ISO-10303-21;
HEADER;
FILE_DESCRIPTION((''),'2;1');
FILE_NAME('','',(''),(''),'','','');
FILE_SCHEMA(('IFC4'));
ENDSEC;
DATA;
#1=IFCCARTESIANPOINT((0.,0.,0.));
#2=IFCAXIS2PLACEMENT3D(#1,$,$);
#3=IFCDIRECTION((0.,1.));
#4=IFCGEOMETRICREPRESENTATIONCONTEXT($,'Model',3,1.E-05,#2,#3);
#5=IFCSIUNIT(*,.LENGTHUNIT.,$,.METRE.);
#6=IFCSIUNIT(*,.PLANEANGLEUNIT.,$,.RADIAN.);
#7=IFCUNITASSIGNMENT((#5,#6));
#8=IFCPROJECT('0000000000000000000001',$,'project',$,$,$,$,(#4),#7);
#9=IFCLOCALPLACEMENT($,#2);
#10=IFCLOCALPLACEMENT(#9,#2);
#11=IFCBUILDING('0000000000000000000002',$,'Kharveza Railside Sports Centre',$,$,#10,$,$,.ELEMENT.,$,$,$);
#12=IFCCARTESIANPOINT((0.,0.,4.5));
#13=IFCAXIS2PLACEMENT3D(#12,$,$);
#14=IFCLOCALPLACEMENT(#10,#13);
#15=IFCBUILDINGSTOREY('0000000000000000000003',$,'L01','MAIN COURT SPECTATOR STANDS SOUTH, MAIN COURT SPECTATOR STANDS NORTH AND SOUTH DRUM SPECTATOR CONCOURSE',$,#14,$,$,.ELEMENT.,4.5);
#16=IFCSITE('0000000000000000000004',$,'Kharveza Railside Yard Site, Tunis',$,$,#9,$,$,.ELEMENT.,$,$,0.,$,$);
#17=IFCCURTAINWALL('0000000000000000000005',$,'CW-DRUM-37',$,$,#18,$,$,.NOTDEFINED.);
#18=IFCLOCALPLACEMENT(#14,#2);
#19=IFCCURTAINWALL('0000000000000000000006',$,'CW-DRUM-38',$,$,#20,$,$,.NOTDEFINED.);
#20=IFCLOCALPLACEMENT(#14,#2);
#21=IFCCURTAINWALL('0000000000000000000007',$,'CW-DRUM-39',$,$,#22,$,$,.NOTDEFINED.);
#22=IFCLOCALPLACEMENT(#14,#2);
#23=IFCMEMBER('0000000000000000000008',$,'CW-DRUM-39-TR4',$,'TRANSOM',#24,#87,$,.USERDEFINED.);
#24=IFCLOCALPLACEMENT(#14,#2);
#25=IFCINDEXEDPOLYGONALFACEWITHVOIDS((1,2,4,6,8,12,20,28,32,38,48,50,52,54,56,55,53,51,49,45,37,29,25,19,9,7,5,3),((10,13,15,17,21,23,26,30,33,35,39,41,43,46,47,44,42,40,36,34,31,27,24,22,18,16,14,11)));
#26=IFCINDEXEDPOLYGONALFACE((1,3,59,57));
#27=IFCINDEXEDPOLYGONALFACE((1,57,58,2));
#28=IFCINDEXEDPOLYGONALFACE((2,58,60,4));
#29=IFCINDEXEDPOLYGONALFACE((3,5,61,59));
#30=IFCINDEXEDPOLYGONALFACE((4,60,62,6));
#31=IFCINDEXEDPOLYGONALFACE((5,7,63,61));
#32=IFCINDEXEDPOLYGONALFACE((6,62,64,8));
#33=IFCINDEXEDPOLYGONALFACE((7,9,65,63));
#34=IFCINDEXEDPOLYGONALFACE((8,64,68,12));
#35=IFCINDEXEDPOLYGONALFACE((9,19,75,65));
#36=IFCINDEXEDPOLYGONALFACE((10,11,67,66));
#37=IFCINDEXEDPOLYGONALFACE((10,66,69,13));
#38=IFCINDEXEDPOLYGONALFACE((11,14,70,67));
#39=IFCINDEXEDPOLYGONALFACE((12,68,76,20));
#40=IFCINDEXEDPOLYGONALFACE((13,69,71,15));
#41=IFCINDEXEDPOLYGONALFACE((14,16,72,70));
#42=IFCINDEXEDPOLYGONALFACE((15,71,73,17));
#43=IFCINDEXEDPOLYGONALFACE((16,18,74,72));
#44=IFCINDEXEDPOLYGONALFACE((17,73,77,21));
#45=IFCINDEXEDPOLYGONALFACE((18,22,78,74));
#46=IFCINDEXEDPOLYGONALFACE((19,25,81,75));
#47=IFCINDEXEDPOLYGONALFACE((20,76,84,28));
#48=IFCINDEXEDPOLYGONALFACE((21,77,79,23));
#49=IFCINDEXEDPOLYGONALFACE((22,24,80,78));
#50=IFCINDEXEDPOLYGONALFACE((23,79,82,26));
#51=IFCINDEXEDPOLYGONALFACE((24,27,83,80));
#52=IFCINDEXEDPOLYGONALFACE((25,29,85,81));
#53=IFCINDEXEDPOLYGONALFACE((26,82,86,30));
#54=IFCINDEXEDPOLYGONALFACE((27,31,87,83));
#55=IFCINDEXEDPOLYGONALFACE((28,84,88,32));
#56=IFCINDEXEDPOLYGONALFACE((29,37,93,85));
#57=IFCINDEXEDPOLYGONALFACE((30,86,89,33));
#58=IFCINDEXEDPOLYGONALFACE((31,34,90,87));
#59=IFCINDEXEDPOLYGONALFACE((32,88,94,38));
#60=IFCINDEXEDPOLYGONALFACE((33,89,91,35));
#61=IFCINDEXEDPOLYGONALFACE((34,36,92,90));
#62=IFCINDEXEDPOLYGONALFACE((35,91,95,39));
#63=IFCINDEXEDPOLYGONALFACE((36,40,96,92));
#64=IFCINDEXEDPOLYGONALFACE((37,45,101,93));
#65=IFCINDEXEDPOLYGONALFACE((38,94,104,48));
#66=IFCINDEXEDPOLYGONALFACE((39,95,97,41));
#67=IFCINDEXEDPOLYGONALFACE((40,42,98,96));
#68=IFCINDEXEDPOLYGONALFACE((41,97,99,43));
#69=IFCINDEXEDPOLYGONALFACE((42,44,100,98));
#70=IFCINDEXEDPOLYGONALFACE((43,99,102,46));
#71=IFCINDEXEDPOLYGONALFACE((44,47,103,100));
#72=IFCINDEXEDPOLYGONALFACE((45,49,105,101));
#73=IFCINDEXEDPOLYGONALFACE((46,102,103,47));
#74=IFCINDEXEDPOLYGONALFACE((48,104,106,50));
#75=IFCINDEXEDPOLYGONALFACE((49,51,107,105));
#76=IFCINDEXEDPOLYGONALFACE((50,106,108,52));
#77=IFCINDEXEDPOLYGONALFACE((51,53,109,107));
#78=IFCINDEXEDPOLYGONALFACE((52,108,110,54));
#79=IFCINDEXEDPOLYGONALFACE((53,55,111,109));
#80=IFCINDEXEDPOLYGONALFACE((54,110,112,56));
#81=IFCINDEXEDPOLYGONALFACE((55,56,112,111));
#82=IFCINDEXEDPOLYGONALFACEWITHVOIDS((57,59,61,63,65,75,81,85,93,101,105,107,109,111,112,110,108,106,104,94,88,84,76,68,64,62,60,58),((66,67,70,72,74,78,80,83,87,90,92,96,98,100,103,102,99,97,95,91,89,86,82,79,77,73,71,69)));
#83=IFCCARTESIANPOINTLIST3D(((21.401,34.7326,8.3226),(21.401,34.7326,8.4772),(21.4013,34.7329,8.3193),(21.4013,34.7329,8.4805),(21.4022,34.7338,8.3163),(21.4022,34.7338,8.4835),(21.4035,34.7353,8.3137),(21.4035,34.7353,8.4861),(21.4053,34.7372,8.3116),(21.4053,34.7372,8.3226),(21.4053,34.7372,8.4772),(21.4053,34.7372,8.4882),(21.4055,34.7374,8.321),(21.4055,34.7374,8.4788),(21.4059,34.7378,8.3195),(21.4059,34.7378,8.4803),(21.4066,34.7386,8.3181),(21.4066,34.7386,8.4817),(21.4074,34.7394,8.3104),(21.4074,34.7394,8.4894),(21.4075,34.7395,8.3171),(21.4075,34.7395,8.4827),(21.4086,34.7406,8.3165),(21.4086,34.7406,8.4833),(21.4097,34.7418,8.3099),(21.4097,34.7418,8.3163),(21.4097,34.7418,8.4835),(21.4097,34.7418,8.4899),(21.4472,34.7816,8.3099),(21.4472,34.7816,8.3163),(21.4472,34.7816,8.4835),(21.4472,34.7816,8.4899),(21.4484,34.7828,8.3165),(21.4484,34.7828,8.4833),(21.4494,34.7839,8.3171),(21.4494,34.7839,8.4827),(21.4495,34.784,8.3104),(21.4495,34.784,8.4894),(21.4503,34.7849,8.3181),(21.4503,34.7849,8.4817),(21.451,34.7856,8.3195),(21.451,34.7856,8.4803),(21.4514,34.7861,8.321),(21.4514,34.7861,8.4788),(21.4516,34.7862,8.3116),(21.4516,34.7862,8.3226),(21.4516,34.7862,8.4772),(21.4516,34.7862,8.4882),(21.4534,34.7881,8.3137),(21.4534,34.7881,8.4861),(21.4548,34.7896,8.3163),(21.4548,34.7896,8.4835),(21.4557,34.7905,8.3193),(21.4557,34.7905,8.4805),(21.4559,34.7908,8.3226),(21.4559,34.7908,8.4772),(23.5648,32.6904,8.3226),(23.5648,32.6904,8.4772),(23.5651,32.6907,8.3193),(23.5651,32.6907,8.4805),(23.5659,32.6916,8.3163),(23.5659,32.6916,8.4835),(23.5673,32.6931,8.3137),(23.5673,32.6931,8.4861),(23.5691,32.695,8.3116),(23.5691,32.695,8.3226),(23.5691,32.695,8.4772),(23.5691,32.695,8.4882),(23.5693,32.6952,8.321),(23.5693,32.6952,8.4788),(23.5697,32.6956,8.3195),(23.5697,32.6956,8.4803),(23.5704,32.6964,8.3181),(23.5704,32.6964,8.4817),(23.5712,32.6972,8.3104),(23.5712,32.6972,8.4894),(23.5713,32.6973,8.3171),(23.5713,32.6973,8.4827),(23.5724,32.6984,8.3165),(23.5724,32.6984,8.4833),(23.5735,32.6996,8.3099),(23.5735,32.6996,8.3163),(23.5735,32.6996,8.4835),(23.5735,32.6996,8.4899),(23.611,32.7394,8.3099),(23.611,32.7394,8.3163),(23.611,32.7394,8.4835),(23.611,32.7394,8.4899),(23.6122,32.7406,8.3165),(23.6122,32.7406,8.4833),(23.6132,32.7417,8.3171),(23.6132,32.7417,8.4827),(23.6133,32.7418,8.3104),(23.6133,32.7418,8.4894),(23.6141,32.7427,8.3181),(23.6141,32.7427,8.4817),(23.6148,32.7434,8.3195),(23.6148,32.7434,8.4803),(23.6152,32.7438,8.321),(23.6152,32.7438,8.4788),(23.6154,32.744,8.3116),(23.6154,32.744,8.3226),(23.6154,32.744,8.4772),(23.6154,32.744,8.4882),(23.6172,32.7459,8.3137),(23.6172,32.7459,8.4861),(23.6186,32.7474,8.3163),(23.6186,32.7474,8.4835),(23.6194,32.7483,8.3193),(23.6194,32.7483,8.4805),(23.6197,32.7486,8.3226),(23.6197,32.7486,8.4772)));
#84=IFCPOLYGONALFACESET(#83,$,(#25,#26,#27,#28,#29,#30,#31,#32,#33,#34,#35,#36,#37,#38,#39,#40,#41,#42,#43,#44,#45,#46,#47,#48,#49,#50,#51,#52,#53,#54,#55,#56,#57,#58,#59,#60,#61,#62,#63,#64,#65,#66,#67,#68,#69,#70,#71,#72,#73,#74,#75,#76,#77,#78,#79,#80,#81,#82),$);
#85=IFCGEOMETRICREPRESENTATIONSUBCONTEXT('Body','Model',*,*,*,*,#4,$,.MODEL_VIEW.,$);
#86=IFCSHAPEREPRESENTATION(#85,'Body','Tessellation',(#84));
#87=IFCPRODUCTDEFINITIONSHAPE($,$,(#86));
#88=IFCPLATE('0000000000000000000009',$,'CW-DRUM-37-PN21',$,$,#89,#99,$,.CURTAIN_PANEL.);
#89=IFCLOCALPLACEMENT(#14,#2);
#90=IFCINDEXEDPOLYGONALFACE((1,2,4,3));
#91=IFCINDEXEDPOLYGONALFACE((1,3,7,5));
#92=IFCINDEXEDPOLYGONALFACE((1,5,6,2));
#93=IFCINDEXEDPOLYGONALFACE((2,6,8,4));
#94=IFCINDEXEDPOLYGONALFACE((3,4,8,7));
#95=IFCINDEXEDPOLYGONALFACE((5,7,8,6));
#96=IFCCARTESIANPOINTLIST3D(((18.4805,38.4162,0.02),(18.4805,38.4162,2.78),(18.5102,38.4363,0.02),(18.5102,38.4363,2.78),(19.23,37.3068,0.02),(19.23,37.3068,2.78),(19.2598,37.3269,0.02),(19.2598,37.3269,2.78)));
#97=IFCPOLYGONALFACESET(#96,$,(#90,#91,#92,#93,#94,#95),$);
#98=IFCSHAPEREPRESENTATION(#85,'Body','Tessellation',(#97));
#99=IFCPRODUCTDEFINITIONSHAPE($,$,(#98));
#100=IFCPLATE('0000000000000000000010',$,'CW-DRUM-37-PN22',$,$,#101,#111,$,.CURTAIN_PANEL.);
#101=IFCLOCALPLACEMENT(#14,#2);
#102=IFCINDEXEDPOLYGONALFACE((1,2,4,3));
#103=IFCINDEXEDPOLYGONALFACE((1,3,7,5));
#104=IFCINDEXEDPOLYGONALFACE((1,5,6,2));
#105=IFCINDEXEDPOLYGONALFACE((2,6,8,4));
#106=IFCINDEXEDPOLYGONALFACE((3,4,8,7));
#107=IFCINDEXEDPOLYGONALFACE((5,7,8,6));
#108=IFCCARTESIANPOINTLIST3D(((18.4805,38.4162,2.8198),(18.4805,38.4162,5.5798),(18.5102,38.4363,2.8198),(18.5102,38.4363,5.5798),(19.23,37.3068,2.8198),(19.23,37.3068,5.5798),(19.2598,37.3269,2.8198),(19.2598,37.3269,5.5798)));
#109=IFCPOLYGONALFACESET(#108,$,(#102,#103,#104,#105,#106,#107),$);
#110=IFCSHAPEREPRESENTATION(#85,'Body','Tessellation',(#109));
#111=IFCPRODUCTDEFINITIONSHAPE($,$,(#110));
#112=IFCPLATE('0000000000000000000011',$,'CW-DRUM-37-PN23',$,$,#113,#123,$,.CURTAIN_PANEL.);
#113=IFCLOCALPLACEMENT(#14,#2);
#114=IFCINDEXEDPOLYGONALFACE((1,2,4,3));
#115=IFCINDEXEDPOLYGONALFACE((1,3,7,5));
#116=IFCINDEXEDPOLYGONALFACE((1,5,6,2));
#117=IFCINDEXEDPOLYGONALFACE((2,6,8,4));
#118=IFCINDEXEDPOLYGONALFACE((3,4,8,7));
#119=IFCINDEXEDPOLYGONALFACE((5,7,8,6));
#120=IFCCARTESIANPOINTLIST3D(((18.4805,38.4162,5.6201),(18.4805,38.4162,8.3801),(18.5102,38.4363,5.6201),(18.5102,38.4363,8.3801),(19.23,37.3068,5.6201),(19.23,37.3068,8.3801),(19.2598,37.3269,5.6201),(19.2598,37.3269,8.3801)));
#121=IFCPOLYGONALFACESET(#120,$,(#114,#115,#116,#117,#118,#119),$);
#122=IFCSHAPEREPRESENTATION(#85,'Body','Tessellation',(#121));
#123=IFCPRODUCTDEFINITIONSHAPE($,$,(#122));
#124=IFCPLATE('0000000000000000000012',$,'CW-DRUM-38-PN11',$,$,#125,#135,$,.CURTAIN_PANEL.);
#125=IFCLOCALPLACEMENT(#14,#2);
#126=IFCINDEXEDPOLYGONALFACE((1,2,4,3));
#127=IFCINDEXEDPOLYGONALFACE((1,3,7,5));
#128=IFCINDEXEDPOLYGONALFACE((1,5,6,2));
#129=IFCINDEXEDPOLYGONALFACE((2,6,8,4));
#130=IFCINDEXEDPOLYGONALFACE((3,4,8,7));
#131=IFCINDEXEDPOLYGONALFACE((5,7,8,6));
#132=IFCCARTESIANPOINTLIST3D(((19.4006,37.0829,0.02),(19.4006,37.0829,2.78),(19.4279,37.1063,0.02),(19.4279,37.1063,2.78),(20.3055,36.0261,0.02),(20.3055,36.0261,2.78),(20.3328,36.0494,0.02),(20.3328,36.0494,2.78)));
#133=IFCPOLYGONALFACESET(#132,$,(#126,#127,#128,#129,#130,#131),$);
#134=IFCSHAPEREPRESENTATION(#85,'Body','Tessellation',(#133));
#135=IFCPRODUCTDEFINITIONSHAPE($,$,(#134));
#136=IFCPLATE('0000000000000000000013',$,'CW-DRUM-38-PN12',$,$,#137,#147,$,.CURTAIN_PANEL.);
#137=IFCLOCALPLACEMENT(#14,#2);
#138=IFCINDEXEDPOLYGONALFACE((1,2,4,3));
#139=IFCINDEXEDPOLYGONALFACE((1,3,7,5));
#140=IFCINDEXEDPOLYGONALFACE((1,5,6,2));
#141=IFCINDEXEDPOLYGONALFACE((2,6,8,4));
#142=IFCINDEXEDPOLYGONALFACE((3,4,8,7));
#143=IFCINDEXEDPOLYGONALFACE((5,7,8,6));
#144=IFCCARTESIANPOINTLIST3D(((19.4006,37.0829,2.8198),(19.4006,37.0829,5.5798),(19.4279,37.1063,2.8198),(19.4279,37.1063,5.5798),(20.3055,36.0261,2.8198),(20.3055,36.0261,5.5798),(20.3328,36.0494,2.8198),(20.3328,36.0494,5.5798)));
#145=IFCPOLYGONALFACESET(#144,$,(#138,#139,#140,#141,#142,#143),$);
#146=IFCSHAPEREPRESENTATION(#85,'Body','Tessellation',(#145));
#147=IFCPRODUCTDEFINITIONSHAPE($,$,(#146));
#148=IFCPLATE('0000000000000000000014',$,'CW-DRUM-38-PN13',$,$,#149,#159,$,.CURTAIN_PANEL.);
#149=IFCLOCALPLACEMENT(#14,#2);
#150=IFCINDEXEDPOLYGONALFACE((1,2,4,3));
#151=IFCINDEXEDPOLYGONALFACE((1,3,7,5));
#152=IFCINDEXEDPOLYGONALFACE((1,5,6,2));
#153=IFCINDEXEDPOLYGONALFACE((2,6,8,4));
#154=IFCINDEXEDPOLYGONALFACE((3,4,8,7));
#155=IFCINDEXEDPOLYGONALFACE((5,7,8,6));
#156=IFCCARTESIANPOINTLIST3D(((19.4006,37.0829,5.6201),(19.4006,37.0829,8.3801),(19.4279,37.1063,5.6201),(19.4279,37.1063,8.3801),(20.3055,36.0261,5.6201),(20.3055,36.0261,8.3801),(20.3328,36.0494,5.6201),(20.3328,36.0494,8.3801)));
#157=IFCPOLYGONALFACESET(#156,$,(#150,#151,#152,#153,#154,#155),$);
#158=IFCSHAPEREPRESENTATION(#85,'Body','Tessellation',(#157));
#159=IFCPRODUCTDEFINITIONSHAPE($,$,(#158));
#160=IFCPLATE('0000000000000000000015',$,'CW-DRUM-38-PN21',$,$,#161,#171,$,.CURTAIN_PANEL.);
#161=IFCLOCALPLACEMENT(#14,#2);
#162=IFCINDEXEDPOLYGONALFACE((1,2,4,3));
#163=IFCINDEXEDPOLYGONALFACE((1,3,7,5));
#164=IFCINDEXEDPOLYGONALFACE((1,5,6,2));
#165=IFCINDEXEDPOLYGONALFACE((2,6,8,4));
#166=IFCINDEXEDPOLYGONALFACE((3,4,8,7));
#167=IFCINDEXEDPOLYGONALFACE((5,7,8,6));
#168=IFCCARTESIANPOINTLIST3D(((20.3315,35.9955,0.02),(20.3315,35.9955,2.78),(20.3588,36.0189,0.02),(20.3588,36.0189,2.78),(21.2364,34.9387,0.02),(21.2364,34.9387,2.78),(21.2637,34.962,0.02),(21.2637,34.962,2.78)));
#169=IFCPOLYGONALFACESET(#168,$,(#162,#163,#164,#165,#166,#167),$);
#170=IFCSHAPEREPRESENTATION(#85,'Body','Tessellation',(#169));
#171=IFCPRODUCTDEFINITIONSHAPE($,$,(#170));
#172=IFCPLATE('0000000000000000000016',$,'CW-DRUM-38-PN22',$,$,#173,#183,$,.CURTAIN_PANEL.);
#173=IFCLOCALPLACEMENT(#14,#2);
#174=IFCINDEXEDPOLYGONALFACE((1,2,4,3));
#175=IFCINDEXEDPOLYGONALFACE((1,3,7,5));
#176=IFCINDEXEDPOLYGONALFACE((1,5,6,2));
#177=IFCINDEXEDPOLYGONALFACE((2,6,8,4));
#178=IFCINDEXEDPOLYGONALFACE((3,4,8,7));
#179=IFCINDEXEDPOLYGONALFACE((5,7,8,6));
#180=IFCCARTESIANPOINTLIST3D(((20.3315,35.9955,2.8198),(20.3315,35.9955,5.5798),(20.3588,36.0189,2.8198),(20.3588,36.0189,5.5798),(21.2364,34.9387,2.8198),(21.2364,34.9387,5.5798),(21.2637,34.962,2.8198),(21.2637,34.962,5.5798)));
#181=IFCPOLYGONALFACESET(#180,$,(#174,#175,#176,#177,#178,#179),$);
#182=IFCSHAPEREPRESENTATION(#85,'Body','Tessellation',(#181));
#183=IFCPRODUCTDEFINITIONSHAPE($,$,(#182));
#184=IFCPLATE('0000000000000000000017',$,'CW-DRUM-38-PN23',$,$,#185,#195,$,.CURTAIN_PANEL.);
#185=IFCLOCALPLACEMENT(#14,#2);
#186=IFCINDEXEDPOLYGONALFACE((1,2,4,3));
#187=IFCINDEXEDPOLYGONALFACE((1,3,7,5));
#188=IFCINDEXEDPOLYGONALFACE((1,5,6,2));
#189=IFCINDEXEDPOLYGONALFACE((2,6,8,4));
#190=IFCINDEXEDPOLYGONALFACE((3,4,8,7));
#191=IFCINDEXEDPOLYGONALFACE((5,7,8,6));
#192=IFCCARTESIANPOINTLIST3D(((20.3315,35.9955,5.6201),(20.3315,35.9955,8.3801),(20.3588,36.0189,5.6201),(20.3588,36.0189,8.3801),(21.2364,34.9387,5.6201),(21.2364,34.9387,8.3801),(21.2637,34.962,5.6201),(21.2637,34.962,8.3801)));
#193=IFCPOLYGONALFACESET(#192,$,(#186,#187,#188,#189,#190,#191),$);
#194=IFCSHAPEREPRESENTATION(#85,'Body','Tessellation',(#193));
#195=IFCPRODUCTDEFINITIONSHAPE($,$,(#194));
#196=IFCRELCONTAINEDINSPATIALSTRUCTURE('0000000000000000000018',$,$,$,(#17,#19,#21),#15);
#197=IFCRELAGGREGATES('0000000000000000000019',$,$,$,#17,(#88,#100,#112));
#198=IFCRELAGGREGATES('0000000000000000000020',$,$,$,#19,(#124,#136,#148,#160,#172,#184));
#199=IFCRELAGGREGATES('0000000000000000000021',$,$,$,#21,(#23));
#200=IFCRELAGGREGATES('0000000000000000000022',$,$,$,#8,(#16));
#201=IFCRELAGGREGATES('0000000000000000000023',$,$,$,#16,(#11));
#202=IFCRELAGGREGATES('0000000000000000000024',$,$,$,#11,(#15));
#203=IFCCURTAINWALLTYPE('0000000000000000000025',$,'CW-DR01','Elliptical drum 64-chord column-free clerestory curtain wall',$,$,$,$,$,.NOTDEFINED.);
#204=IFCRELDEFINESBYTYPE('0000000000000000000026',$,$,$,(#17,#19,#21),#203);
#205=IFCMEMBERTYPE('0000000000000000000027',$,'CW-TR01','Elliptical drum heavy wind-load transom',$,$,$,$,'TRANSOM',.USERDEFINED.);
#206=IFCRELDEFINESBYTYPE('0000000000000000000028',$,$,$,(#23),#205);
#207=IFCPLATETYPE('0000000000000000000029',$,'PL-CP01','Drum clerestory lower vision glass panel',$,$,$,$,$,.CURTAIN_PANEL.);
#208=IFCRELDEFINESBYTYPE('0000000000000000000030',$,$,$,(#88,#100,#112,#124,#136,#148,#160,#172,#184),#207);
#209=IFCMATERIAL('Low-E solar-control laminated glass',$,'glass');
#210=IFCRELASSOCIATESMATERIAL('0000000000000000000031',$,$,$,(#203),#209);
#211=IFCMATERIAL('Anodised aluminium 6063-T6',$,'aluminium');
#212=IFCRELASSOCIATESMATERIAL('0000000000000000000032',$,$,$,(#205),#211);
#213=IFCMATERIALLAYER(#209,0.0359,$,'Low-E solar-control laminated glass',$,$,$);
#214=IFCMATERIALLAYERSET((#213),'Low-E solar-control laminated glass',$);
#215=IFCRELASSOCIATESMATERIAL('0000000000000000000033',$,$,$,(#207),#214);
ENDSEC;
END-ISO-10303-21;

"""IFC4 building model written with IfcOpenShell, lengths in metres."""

from ifc_helpers import new_model, si_unit, direction, frame, origin, origin_2d, place, context, subcontext, project, spatial, rectangle, hollow_rectangle, extrude, material, layer, layer_set, material_profile, profile_set, type_object, element, aggregate, save


model = new_model("IFC4")

# Units and contexts
model_context = context("Model", 3, precision=1e-05, world=origin(), true_north=direction((0.0, 1.0)))
body_context = subcontext(model_context, "Body", "Model", "MODEL_VIEW")
ifc_project = project(units=[si_unit("LENGTHUNIT", "METRE"), si_unit("PLANEANGLEUNIT", "RADIAN")], contexts=[model_context])

# Site, building, storey
site_placement = place(None, origin())
site = spatial("IfcSite", under=ifc_project, at=site_placement, Name="Kharveza Railside Yard Site, Tunis", CompositionType="ELEMENT", RefElevation=0.0)
building_placement = place(site_placement, origin())
building = spatial("IfcBuilding", under=site, at=building_placement, Name="Kharveza Railside Sports Centre", CompositionType="ELEMENT")
storey_placement = place(building_placement, frame((0.0, 0.0, 4.5)))
storey = spatial("IfcBuildingStorey", under=building, at=storey_placement, Name="L01", Description="MAIN COURT SPECTATOR STANDS SOUTH, MAIN COURT SPECTATOR STANDS NORTH AND SOUTH DRUM SPECTATOR CONCOURSE", CompositionType="ELEMENT", Elevation=4.5)

# Curtain wall
ifc_material_1 = material(Name="Low-E solar-control laminated glass", Category="glass")
curtain_wall_type = type_object("IfcCurtainWallType", Name="CW-DR01", Description="Elliptical drum 64-chord column-free clerestory curtain wall", PredefinedType="NOTDEFINED", material=ifc_material_1)
curtain_wall_1_placement = place(storey_placement, origin())
curtain_wall_1 = element("IfcCurtainWall", 1, at=curtain_wall_1_placement, inside=storey, type_object=curtain_wall_type, Name="CW-DRUM-37", PredefinedType="NOTDEFINED")
ifc_material_2 = material(Name="Anodised aluminium 6063-T6", Category="aluminium")

# Curtain wall
curtain_wall_2_placement = place(storey_placement, origin())
curtain_wall_2 = element("IfcCurtainWall", 2, at=curtain_wall_2_placement, inside=storey, type_object=curtain_wall_type, Name="CW-DRUM-38", PredefinedType="NOTDEFINED")

# Curtain wall
curtain_wall_3_placement = place(storey_placement, origin())
curtain_wall_3 = element("IfcCurtainWall", 3, at=curtain_wall_3_placement, inside=storey, type_object=curtain_wall_type, Name="CW-DRUM-39", PredefinedType="NOTDEFINED")

# Member
ifc_material_profile_1 = material_profile(ifc_material_2, hollow_rectangle(XDim=0.0801, YDim=0.1799, WallThickness=0.0063, InnerFilletRadius=0.0063, OuterFilletRadius=0.0127, at=origin_2d()), Name="RHS 80x180x6.3")
ifc_profile_set_1 = profile_set([ifc_material_profile_1], Name="Anodised aluminium 6063-T6")
member_type_1 = type_object("IfcMemberType", Name="CW-TR01", Description="Elliptical drum heavy wind-load transom", ElementType="TRANSOM", PredefinedType="USERDEFINED", material=ifc_profile_set_1)
member_1_placement = place(storey_placement, frame((21.4285, 34.7617, 8.3999), z_axis=(0.727243, -0.68638, 0.0), x_axis=(0.68638, 0.727243, 0.0)))
member_1 = element("IfcMember", 4, at=member_1_placement, type_object=member_type_1, Name="CW-DRUM-39-TR4", ObjectType="TRANSOM", PredefinedType="USERDEFINED", context=body_context, shape_type="SweptSolid", body=[
    extrude(hollow_rectangle(XDim=0.0801, YDim=0.1799, WallThickness=0.0063, InnerFilletRadius=0.0063, OuterFilletRadius=0.0127, at=origin_2d()), origin(), (0.0, 0.0, 1.0), 2.9753),
])

# Plates
ifc_layer_1 = layer(ifc_material_1, 0.0359, Name="Low-E solar-control laminated glass")
ifc_layer_set_1 = layer_set([ifc_layer_1], Name="Low-E solar-control laminated glass")
plate_type = type_object("IfcPlateType", Name="PL-CP01", Description="Drum clerestory lower vision glass panel", PredefinedType="CURTAIN_PANEL", material=ifc_layer_set_1)
plate_1_placement = place(storey_placement, frame((18.8701, 37.8716, 0.02), z_axis=(0.0, 0.0, 1.0), x_axis=(0.559844, -0.828598, 0.0)))
plate_1 = element("IfcPlate", 5, at=plate_1_placement, type_object=plate_type, Name="CW-DRUM-37-PN21", PredefinedType="CURTAIN_PANEL", context=body_context, shape_type="SweptSolid", body=[
    extrude(rectangle(XDim=1.3389, YDim=0.0359, at=origin_2d()), origin(), (0.0, 0.0, 1.0), 2.76),
])
plate_2_placement = place(storey_placement, frame((18.8701, 37.8716, 2.8198), z_axis=(0.0, 0.0, 1.0), x_axis=(0.559844, -0.828598, 0.0)))
plate_2 = element("IfcPlate", 6, at=plate_2_placement, type_object=plate_type, Name="CW-DRUM-37-PN22", PredefinedType="CURTAIN_PANEL", context=body_context, shape_type="SweptSolid", body=[
    extrude(rectangle(XDim=1.3389, YDim=0.0359, at=origin_2d()), origin(), (0.0, 0.0, 1.0), 2.76),
])
plate_3_placement = place(storey_placement, frame((18.8701, 37.8716, 5.6201), z_axis=(0.0, 0.0, 1.0), x_axis=(0.559844, -0.828598, 0.0)))
plate_3 = element("IfcPlate", 7, at=plate_3_placement, type_object=plate_type, Name="CW-DRUM-37-PN23", PredefinedType="CURTAIN_PANEL", context=body_context, shape_type="SweptSolid", body=[
    extrude(rectangle(XDim=1.3389, YDim=0.0359, at=origin_2d()), origin(), (0.0, 0.0, 1.0), 2.76),
])
aggregate(curtain_wall_1, [plate_1, plate_2, plate_3])
plate_4_placement = place(storey_placement, frame((19.8667, 36.5662, 0.02), z_axis=(0.0, 0.0, 1.0), x_axis=(0.650403, -0.759589, 0.0)))
plate_4 = element("IfcPlate", 8, at=plate_4_placement, type_object=plate_type, Name="CW-DRUM-38-PN11", PredefinedType="CURTAIN_PANEL", context=body_context, shape_type="SweptSolid", body=[
    extrude(rectangle(XDim=1.3914, YDim=0.0359, at=origin_2d()), origin(), (0.0, 0.0, 1.0), 2.76),
])
plate_5_placement = place(storey_placement, frame((19.8667, 36.5662, 2.8198), z_axis=(0.0, 0.0, 1.0), x_axis=(0.650403, -0.759589, 0.0)))
plate_5 = element("IfcPlate", 9, at=plate_5_placement, type_object=plate_type, Name="CW-DRUM-38-PN12", PredefinedType="CURTAIN_PANEL", context=body_context, shape_type="SweptSolid", body=[
    extrude(rectangle(XDim=1.3914, YDim=0.0359, at=origin_2d()), origin(), (0.0, 0.0, 1.0), 2.76),
])
plate_6_placement = place(storey_placement, frame((19.8667, 36.5662, 5.6201), z_axis=(0.0, 0.0, 1.0), x_axis=(0.650403, -0.759589, 0.0)))
plate_6 = element("IfcPlate", 10, at=plate_6_placement, type_object=plate_type, Name="CW-DRUM-38-PN13", PredefinedType="CURTAIN_PANEL", context=body_context, shape_type="SweptSolid", body=[
    extrude(rectangle(XDim=1.3914, YDim=0.0359, at=origin_2d()), origin(), (0.0, 0.0, 1.0), 2.76),
])
plate_7_placement = place(storey_placement, frame((20.7976, 35.4788, 0.02), z_axis=(0.0, 0.0, 1.0), x_axis=(0.650403, -0.759589, 0.0)))
plate_7 = element("IfcPlate", 11, at=plate_7_placement, type_object=plate_type, Name="CW-DRUM-38-PN21", PredefinedType="CURTAIN_PANEL", context=body_context, shape_type="SweptSolid", body=[
    extrude(rectangle(XDim=1.3914, YDim=0.0359, at=origin_2d()), origin(), (0.0, 0.0, 1.0), 2.76),
])
plate_8_placement = place(storey_placement, frame((20.7976, 35.4788, 2.8198), z_axis=(0.0, 0.0, 1.0), x_axis=(0.650403, -0.759589, 0.0)))
plate_8 = element("IfcPlate", 12, at=plate_8_placement, type_object=plate_type, Name="CW-DRUM-38-PN22", PredefinedType="CURTAIN_PANEL", context=body_context, shape_type="SweptSolid", body=[
    extrude(rectangle(XDim=1.3914, YDim=0.0359, at=origin_2d()), origin(), (0.0, 0.0, 1.0), 2.76),
])
plate_9_placement = place(storey_placement, frame((20.7976, 35.4788, 5.6201), z_axis=(0.0, 0.0, 1.0), x_axis=(0.650403, -0.759589, 0.0)))
plate_9 = element("IfcPlate", 13, at=plate_9_placement, type_object=plate_type, Name="CW-DRUM-38-PN23", PredefinedType="CURTAIN_PANEL", context=body_context, shape_type="SweptSolid", body=[
    extrude(rectangle(XDim=1.3914, YDim=0.0359, at=origin_2d()), origin(), (0.0, 0.0, 1.0), 2.76),
])
aggregate(curtain_wall_2, [plate_4, plate_5, plate_6, plate_7, plate_8, plate_9])
aggregate(curtain_wall_3, [member_1])

save(model, "model.ifc")
